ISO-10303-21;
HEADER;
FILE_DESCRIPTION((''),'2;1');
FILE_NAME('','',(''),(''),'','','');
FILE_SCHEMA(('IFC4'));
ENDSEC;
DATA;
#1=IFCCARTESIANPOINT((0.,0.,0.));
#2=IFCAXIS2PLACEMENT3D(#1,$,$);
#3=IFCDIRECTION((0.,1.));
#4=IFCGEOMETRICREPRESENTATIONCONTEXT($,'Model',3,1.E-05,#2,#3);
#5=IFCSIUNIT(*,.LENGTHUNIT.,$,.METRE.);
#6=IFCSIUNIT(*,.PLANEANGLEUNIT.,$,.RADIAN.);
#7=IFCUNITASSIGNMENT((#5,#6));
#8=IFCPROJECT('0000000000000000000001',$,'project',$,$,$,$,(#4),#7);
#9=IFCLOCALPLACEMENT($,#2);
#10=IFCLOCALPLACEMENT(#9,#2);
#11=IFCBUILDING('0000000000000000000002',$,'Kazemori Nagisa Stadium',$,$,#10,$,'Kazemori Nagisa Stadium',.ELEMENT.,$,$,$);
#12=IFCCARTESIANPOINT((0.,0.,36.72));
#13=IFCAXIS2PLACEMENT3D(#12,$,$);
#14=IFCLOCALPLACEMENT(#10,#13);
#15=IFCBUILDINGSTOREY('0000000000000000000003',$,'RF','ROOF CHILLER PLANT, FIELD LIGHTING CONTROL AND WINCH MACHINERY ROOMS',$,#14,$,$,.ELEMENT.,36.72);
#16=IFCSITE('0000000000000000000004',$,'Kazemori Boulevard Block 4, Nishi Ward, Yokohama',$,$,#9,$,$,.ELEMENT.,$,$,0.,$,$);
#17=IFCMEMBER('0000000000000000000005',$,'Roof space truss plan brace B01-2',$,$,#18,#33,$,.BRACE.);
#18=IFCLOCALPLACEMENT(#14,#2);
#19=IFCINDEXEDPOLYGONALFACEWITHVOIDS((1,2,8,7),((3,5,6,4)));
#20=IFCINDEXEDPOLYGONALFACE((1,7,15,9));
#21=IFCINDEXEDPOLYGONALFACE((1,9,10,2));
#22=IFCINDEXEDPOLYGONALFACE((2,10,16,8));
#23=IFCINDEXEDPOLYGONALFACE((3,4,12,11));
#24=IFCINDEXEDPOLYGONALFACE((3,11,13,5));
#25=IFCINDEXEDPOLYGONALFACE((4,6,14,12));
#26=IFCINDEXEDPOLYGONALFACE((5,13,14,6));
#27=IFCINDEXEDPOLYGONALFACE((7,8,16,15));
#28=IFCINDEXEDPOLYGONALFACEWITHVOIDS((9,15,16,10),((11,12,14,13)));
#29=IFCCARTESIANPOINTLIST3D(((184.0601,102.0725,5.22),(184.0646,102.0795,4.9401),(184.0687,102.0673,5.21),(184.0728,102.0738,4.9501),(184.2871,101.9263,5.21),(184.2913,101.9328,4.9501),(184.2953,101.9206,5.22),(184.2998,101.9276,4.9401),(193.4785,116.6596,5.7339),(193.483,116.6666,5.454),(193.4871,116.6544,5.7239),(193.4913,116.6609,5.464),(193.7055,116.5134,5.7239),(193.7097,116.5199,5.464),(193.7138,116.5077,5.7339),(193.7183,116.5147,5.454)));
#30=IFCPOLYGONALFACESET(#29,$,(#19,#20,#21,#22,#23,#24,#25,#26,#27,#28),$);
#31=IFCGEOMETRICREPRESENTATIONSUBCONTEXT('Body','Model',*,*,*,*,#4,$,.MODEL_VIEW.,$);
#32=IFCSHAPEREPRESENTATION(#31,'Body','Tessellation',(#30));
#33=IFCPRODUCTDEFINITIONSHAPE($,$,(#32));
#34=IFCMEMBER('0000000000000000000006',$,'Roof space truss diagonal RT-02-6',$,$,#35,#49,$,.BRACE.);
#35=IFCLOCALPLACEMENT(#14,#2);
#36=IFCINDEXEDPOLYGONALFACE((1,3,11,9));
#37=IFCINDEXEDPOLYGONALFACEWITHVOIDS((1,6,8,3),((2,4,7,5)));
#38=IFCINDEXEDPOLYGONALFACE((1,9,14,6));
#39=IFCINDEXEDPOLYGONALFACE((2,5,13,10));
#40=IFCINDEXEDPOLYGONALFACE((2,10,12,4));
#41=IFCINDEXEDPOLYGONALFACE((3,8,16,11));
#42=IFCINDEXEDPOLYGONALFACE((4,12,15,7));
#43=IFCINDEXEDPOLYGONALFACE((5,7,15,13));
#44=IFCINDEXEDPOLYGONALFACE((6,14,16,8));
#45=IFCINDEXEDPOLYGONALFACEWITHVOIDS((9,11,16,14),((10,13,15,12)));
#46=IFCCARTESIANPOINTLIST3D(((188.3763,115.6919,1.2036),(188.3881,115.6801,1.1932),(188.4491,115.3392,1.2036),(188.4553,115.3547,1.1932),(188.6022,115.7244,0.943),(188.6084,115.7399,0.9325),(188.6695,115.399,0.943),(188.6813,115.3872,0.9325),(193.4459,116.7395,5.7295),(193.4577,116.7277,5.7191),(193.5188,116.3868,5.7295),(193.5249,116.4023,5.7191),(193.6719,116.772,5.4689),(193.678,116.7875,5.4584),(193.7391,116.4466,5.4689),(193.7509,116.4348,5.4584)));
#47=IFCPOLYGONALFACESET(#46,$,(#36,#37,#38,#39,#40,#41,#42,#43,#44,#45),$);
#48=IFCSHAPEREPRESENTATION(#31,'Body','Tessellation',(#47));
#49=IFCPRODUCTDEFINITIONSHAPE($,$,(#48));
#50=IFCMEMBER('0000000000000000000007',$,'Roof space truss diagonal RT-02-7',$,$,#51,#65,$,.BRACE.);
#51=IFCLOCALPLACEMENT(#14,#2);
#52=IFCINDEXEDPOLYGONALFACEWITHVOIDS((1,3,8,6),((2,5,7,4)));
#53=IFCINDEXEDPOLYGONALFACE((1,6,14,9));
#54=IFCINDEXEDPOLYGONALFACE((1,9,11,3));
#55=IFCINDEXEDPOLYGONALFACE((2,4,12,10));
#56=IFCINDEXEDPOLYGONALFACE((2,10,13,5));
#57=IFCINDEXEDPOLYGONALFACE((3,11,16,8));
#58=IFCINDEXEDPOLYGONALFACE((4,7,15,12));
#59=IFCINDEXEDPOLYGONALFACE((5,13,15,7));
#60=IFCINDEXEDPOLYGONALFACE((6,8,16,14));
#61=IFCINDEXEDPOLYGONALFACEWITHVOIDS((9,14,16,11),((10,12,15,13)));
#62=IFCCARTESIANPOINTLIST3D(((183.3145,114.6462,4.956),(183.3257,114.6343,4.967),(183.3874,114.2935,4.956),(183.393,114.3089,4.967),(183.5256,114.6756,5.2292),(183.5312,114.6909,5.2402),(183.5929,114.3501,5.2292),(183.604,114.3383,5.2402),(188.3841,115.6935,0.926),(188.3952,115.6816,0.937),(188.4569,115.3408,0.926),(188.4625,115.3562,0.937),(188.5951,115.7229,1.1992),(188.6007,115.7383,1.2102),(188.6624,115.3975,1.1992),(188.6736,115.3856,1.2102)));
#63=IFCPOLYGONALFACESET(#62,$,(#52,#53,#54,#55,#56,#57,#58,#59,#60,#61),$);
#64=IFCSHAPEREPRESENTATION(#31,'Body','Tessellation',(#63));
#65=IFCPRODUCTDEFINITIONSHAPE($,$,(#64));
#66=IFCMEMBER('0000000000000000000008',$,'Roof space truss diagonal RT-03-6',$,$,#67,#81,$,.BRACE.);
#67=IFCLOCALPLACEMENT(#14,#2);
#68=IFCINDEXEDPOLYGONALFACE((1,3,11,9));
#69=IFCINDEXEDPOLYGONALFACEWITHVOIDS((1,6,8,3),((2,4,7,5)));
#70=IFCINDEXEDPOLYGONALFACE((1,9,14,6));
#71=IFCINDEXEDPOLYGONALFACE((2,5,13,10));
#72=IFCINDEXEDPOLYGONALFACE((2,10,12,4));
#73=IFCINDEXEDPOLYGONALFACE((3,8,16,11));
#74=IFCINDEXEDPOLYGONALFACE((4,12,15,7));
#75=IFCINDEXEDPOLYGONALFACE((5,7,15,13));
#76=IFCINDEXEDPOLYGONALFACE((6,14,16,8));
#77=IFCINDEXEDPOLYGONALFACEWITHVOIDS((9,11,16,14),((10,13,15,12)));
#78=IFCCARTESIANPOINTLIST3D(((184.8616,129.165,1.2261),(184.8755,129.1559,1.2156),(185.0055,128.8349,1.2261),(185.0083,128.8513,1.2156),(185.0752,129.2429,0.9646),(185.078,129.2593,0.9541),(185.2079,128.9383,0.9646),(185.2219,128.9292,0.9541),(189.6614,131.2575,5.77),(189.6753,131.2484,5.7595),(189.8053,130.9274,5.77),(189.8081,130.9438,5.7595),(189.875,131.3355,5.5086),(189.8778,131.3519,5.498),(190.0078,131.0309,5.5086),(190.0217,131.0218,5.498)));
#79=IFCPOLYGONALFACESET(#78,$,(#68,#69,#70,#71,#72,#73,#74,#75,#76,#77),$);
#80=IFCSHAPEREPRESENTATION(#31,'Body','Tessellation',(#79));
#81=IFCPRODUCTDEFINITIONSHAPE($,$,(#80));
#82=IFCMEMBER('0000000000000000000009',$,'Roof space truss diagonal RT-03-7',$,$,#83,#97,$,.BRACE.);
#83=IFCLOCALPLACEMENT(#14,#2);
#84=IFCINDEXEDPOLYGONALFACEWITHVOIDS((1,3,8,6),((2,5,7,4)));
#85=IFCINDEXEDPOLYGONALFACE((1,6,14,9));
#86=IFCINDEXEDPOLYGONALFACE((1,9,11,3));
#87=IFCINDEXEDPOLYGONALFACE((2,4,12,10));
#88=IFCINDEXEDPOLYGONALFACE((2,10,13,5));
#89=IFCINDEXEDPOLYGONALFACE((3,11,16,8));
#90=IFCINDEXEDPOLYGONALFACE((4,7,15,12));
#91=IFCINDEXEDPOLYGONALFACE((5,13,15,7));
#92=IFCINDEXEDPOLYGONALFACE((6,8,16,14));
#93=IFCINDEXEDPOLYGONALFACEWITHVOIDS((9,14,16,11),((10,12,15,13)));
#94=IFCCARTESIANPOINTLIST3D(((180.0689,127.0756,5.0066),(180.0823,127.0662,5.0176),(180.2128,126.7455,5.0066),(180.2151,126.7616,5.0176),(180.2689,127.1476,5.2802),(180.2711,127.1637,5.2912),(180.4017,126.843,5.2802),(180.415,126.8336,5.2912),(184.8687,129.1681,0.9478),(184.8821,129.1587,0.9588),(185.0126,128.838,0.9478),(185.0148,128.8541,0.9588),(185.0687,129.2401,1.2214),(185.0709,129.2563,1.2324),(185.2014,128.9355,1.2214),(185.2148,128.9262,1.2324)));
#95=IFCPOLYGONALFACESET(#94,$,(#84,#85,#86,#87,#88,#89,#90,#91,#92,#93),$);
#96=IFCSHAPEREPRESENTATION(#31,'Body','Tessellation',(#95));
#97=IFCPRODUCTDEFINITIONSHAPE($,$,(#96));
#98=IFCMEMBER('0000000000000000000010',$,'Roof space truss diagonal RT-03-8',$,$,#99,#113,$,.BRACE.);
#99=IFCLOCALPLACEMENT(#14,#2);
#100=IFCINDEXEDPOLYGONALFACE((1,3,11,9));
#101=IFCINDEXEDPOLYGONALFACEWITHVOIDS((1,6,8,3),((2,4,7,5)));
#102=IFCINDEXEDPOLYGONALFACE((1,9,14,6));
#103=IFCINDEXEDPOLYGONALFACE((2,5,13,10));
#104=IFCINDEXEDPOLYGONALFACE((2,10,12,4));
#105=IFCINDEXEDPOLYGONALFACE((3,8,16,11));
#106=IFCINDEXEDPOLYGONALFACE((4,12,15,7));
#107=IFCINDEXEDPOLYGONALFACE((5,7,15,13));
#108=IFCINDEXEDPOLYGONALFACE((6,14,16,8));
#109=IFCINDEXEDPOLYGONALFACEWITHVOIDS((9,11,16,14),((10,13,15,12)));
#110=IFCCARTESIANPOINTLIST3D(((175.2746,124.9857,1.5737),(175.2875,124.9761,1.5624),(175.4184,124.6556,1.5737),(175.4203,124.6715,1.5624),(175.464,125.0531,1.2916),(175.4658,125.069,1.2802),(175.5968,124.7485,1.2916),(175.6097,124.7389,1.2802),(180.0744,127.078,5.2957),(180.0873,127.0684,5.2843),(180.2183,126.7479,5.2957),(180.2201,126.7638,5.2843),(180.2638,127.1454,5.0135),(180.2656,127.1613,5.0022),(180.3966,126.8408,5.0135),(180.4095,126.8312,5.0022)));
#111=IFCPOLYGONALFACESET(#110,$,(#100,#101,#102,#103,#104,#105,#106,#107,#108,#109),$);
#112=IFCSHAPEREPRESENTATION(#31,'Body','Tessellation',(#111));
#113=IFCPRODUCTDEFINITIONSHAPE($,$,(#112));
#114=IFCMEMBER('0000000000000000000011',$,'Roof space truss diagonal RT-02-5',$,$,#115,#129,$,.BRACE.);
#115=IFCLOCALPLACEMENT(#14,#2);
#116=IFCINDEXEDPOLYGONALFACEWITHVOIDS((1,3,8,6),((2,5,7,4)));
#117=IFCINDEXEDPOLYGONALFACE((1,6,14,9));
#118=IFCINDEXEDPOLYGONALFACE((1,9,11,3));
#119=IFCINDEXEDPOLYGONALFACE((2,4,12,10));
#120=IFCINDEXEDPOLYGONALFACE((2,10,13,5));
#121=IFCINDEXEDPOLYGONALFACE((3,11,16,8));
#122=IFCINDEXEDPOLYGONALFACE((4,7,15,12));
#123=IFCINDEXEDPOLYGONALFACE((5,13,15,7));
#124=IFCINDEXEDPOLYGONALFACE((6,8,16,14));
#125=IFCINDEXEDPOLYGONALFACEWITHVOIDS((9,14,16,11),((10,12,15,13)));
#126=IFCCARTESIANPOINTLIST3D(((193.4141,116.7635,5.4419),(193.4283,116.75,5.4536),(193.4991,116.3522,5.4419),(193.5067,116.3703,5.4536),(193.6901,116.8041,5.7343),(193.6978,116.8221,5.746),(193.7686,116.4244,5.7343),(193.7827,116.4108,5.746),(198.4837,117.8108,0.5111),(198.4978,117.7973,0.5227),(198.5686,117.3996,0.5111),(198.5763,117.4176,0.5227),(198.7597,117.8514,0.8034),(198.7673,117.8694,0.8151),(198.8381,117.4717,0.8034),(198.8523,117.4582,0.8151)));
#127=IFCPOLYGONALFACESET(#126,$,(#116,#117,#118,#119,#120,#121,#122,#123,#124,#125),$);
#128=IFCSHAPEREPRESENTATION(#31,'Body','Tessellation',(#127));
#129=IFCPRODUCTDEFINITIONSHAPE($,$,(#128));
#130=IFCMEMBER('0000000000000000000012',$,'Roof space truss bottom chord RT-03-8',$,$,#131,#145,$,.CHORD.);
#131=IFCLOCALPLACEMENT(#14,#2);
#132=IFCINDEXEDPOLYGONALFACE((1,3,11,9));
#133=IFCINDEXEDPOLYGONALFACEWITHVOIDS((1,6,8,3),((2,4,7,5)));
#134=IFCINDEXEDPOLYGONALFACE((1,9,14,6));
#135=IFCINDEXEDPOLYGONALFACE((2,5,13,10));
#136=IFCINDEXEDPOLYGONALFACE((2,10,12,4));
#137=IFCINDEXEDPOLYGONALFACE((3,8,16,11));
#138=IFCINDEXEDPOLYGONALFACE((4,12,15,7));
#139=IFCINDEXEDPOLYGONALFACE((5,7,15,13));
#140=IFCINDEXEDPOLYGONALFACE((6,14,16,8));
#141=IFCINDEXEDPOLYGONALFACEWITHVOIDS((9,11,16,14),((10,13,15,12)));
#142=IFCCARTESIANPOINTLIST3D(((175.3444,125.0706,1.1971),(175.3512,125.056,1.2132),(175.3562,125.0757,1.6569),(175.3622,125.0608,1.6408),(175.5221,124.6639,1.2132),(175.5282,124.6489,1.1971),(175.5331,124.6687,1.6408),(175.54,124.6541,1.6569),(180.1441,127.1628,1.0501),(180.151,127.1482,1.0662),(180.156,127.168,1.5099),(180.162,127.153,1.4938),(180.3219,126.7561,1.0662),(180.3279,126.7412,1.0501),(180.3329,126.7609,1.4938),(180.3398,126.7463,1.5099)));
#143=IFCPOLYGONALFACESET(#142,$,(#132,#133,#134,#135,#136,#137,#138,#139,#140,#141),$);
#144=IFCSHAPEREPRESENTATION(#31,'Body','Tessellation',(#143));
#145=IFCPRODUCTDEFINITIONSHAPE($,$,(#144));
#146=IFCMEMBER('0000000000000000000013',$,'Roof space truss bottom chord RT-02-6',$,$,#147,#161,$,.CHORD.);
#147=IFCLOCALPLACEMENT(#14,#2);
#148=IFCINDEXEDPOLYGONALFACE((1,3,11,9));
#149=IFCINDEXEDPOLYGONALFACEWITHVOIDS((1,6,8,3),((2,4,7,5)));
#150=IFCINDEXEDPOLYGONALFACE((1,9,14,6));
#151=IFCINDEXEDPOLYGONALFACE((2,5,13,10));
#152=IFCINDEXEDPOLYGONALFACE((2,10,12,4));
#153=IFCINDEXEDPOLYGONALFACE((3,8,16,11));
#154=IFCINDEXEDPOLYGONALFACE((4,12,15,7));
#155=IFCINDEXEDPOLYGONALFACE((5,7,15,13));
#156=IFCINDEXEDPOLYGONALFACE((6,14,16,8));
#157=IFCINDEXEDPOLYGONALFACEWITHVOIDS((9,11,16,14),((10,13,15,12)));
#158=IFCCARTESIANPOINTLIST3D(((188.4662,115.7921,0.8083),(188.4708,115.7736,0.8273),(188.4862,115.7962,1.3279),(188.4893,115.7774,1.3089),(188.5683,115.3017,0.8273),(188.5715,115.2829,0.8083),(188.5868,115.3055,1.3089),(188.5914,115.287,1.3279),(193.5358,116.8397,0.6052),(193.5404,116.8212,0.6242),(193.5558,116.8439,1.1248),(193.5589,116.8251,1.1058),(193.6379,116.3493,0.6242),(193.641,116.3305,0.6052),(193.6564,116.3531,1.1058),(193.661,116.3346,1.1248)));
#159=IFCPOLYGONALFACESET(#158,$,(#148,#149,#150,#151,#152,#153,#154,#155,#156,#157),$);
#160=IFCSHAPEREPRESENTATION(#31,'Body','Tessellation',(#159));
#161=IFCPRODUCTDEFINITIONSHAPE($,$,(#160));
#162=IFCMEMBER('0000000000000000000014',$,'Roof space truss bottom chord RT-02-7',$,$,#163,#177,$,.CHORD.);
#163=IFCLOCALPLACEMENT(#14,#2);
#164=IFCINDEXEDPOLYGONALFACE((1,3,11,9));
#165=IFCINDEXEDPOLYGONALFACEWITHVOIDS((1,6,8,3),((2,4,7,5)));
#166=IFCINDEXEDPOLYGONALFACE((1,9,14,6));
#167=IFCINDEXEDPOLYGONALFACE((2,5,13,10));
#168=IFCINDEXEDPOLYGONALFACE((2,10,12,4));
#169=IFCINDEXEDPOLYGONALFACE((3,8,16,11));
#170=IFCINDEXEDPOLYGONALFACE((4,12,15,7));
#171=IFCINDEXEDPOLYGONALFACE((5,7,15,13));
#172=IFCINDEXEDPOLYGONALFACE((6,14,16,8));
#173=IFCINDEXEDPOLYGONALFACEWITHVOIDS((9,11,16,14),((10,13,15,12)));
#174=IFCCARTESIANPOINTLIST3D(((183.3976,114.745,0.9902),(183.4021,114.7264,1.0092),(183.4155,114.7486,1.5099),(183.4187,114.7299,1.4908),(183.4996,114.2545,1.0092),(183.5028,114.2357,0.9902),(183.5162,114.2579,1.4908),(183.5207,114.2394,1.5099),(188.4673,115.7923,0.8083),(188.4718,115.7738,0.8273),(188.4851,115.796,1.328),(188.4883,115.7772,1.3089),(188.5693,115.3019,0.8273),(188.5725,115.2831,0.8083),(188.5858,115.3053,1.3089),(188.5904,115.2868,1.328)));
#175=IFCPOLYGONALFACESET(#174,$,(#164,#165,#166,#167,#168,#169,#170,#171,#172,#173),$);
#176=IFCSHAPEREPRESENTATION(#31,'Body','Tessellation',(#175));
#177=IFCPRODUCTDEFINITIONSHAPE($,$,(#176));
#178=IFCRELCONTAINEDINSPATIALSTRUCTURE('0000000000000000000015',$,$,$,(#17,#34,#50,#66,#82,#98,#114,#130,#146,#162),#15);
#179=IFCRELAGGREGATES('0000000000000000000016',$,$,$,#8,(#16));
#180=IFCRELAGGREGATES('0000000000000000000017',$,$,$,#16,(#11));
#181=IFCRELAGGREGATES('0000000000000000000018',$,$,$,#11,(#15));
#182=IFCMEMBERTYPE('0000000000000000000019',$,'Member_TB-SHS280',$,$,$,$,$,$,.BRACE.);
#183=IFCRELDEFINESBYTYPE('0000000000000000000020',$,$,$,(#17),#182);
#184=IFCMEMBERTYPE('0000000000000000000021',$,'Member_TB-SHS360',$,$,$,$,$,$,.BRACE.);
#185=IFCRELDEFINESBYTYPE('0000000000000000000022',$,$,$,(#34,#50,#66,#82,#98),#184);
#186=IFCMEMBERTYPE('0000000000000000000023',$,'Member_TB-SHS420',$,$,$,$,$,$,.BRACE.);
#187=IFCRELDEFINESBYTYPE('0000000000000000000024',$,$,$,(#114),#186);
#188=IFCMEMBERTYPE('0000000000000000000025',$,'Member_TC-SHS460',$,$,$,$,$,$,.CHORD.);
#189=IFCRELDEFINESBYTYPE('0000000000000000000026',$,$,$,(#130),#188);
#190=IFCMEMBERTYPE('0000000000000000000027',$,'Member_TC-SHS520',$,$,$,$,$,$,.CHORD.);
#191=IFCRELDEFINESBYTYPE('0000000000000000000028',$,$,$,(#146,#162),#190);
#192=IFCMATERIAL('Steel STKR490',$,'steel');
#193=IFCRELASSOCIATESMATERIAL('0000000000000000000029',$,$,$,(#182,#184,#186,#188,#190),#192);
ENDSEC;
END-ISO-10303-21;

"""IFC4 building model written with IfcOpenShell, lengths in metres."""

from ifc_helpers import new_model, si_unit, direction, frame, origin, origin_2d, place, context, subcontext, project, spatial, hollow_rectangle, extrude, material, material_profile, profile_set, type_object, element, save


model = new_model("IFC4")

# Units and contexts
model_context = context("Model", 3, precision=1e-05, world=origin(), true_north=direction((0.0, 1.0)))
body_context = subcontext(model_context, "Body", "Model", "MODEL_VIEW")
ifc_project = project(units=[si_unit("LENGTHUNIT", "METRE"), si_unit("PLANEANGLEUNIT", "RADIAN")], contexts=[model_context])

# Site, building, storey
site_placement = place(None, origin())
site = spatial("IfcSite", under=ifc_project, at=site_placement, Name="Kazemori Boulevard Block 4, Nishi Ward, Yokohama", CompositionType="ELEMENT", RefElevation=0.0)
building_placement = place(site_placement, origin())
building = spatial("IfcBuilding", under=site, at=building_placement, Name="Kazemori Nagisa Stadium", LongName="Kazemori Nagisa Stadium", CompositionType="ELEMENT")
storey_placement = place(building_placement, frame((0.0, 0.0, 36.72)))
storey = spatial("IfcBuildingStorey", under=building, at=storey_placement, Name="RF", Description="ROOF CHILLER PLANT, FIELD LIGHTING CONTROL AND WINCH MACHINERY ROOMS", CompositionType="ELEMENT", Elevation=36.72)

# Members
ifc_material_1 = material(Name="Steel STKR490", Category="steel")
ifc_material_profile_1 = material_profile(ifc_material_1, hollow_rectangle(XDim=0.28, YDim=0.28, WallThickness=0.01, at=origin_2d()), Name="SHS-280x280x10")
ifc_profile_set_1 = profile_set([ifc_material_profile_1], Name="Steel STKR490")
member_type_1 = type_object("IfcMemberType", Name="Member_TB-SHS280", PredefinedType="BRACE", material=ifc_profile_set_1)
member_1_placement = place(storey_placement, frame((193.5984, 116.5872, 5.594), z_axis=(-0.54219, -0.839735, -0.029584), x_axis=(0.840103, -0.542427, 0.0)))
element("IfcMember", 1, at=member_1_placement, inside=storey, type_object=member_type_1, Name="Roof space truss plan brace B01-2", PredefinedType="BRACE", context=body_context, shape_type="SweptSolid", body=[
    extrude(hollow_rectangle(XDim=0.28, YDim=0.28, WallThickness=0.01, at=origin_2d()), origin(), (0.0, 0.0, 1.0), 17.3711),
])
ifc_material_profile_2 = material_profile(ifc_material_1, hollow_rectangle(XDim=0.3601, YDim=0.3601, WallThickness=0.0139, at=origin_2d()), Name="SHS-360x360x14")
ifc_profile_set_2 = profile_set([ifc_material_profile_2], Name="Steel STKR490")
member_type_2 = type_object("IfcMemberType", Name="Member_TB-SHS360", PredefinedType="BRACE", material=ifc_profile_set_2)
member_2_placement = place(storey_placement, frame((193.5984, 116.5872, 5.594), z_axis=(-0.737268, -0.152353, -0.658198), x_axis=(0.20237, -0.979309, 0.0)))
element("IfcMember", 2, at=member_2_placement, inside=storey, type_object=member_type_2, Name="Roof space truss diagonal RT-02-6", PredefinedType="BRACE", context=body_context, shape_type="SweptSolid", body=[
    extrude(hollow_rectangle(XDim=0.3601, YDim=0.3601, WallThickness=0.0139, at=origin_2d()), origin(), (0.0, 0.0, 1.0), 6.8762),
])
member_3_placement = place(storey_placement, frame((188.5288, 115.5396, 1.0681), z_axis=(-0.772756, -0.159649, 0.614297), x_axis=(0.202325, -0.979318, 0.0)))
element("IfcMember", 3, at=member_3_placement, inside=storey, type_object=member_type_2, Name="Roof space truss diagonal RT-02-7", PredefinedType="BRACE", context=body_context, shape_type="SweptSolid", body=[
    extrude(hollow_rectangle(XDim=0.3601, YDim=0.3601, WallThickness=0.0139, at=origin_2d()), origin(), (0.0, 0.0, 1.0), 6.5603),
])
member_4_placement = place(storey_placement, frame((189.8416, 131.1396, 5.634), z_axis=(-0.692329, -0.301829, -0.655424), x_axis=(0.399635, -0.916675, 0.0)))
element("IfcMember", 4, at=member_4_placement, inside=storey, type_object=member_type_2, Name="Roof space truss diagonal RT-03-6", PredefinedType="BRACE", context=body_context, shape_type="SweptSolid", body=[
    extrude(hollow_rectangle(XDim=0.3601, YDim=0.3601, WallThickness=0.0139, at=origin_2d()), origin(), (0.0, 0.0, 1.0), 6.9329),
])
member_5_placement = place(storey_placement, frame((185.0417, 129.0471, 1.0901), z_axis=(-0.724496, -0.315852, 0.612652), x_axis=(0.399635, -0.916675, 0.0)))
element("IfcMember", 5, at=member_5_placement, inside=storey, type_object=member_type_2, Name="Roof space truss diagonal RT-03-7", PredefinedType="BRACE", context=body_context, shape_type="SweptSolid", body=[
    extrude(hollow_rectangle(XDim=0.3601, YDim=0.3601, WallThickness=0.0139, at=origin_2d()), origin(), (0.0, 0.0, 1.0), 6.625),
])
member_6_placement = place(storey_placement, frame((180.2419, 126.9546, 5.1489), z_axis=(-0.747161, -0.325695, -0.579373), x_axis=(0.399595, -0.916692, 0.0)))
element("IfcMember", 6, at=member_6_placement, inside=storey, type_object=member_type_2, Name="Roof space truss diagonal RT-03-8", PredefinedType="BRACE", context=body_context, shape_type="SweptSolid", body=[
    extrude(hollow_rectangle(XDim=0.3601, YDim=0.3601, WallThickness=0.0139, at=origin_2d()), origin(), (0.0, 0.0, 1.0), 6.4241),
])
ifc_material_profile_3 = material_profile(ifc_material_1, hollow_rectangle(XDim=0.4199, YDim=0.4199, WallThickness=0.0161, at=origin_2d()), Name="SHS-420x420x16")
ifc_profile_set_3 = profile_set([ifc_material_profile_3], Name="Steel STKR490")
member_type_3 = type_object("IfcMemberType", Name="Member_TB-SHS420", PredefinedType="BRACE", material=ifc_profile_set_3)
member_7_placement = place(storey_placement, frame((198.668, 117.6345, 0.6631), z_axis=(-0.709109, -0.1465, 0.689712), x_axis=(0.202325, -0.979318, 0.0)))
element("IfcMember", 7, at=member_7_placement, inside=storey, type_object=member_type_3, Name="Roof space truss diagonal RT-02-5", PredefinedType="BRACE", context=body_context, shape_type="SweptSolid", body=[
    extrude(hollow_rectangle(XDim=0.4199, YDim=0.4199, WallThickness=0.0161, at=origin_2d()), origin(), (0.0, 0.0, 1.0), 7.1492),
])
ifc_material_profile_4 = material_profile(ifc_material_1, hollow_rectangle(XDim=0.46, YDim=0.46, WallThickness=0.0161, at=origin_2d()), Name="SHS-460x460x16")
ifc_profile_set_4 = profile_set([ifc_material_profile_4], Name="Steel STKR490")
member_type_4 = type_object("IfcMemberType", Name="Member_TC-SHS460", PredefinedType="CHORD", material=ifc_profile_set_4)
member_8_placement = place(storey_placement, frame((180.2419, 126.9546, 1.28), z_axis=(-0.916331, -0.399438, 0.028059), x_axis=(0.399595, -0.916692, 0.0)))
element("IfcMember", 8, at=member_8_placement, inside=storey, type_object=member_type_4, Name="Roof space truss bottom chord RT-03-8", PredefinedType="CHORD", context=body_context, shape_type="SweptSolid", body=[
    extrude(hollow_rectangle(XDim=0.46, YDim=0.46, WallThickness=0.0161, at=origin_2d()), origin(), (0.0, 0.0, 1.0), 5.238),
])
ifc_material_profile_5 = material_profile(ifc_material_1, hollow_rectangle(XDim=0.52, YDim=0.52, WallThickness=0.019, at=origin_2d()), Name="SHS-520x520x19")
ifc_profile_set_5 = profile_set([ifc_material_profile_5], Name="Steel STKR490")
member_type_5 = type_object("IfcMemberType", Name="Member_TC-SHS520", PredefinedType="CHORD", material=ifc_profile_set_5)
member_9_placement = place(storey_placement, frame((193.5984, 116.5872, 0.865), z_axis=(-0.978556, -0.202215, 0.039208), x_axis=(0.20237, -0.979309, 0.0)))
element("IfcMember", 9, at=member_9_placement, inside=storey, type_object=member_type_5, Name="Roof space truss bottom chord RT-02-6", PredefinedType="CHORD", context=body_context, shape_type="SweptSolid", body=[
    extrude(hollow_rectangle(XDim=0.52, YDim=0.52, WallThickness=0.019, at=origin_2d()), origin(), (0.0, 0.0, 1.0), 5.1807),
])
member_10_placement = place(storey_placement, frame((188.5288, 115.5396, 1.0681), z_axis=(-0.978715, -0.2022, 0.035114), x_axis=(0.202325, -0.979318, 0.0)))
element("IfcMember", 10, at=member_10_placement, inside=storey, type_object=member_type_5, Name="Roof space truss bottom chord RT-02-7", PredefinedType="CHORD", context=body_context, shape_type="SweptSolid", body=[
    extrude(hollow_rectangle(XDim=0.52, YDim=0.52, WallThickness=0.019, at=origin_2d()), origin(), (0.0, 0.0, 1.0), 5.1799),
])

save(model, "model.ifc")
